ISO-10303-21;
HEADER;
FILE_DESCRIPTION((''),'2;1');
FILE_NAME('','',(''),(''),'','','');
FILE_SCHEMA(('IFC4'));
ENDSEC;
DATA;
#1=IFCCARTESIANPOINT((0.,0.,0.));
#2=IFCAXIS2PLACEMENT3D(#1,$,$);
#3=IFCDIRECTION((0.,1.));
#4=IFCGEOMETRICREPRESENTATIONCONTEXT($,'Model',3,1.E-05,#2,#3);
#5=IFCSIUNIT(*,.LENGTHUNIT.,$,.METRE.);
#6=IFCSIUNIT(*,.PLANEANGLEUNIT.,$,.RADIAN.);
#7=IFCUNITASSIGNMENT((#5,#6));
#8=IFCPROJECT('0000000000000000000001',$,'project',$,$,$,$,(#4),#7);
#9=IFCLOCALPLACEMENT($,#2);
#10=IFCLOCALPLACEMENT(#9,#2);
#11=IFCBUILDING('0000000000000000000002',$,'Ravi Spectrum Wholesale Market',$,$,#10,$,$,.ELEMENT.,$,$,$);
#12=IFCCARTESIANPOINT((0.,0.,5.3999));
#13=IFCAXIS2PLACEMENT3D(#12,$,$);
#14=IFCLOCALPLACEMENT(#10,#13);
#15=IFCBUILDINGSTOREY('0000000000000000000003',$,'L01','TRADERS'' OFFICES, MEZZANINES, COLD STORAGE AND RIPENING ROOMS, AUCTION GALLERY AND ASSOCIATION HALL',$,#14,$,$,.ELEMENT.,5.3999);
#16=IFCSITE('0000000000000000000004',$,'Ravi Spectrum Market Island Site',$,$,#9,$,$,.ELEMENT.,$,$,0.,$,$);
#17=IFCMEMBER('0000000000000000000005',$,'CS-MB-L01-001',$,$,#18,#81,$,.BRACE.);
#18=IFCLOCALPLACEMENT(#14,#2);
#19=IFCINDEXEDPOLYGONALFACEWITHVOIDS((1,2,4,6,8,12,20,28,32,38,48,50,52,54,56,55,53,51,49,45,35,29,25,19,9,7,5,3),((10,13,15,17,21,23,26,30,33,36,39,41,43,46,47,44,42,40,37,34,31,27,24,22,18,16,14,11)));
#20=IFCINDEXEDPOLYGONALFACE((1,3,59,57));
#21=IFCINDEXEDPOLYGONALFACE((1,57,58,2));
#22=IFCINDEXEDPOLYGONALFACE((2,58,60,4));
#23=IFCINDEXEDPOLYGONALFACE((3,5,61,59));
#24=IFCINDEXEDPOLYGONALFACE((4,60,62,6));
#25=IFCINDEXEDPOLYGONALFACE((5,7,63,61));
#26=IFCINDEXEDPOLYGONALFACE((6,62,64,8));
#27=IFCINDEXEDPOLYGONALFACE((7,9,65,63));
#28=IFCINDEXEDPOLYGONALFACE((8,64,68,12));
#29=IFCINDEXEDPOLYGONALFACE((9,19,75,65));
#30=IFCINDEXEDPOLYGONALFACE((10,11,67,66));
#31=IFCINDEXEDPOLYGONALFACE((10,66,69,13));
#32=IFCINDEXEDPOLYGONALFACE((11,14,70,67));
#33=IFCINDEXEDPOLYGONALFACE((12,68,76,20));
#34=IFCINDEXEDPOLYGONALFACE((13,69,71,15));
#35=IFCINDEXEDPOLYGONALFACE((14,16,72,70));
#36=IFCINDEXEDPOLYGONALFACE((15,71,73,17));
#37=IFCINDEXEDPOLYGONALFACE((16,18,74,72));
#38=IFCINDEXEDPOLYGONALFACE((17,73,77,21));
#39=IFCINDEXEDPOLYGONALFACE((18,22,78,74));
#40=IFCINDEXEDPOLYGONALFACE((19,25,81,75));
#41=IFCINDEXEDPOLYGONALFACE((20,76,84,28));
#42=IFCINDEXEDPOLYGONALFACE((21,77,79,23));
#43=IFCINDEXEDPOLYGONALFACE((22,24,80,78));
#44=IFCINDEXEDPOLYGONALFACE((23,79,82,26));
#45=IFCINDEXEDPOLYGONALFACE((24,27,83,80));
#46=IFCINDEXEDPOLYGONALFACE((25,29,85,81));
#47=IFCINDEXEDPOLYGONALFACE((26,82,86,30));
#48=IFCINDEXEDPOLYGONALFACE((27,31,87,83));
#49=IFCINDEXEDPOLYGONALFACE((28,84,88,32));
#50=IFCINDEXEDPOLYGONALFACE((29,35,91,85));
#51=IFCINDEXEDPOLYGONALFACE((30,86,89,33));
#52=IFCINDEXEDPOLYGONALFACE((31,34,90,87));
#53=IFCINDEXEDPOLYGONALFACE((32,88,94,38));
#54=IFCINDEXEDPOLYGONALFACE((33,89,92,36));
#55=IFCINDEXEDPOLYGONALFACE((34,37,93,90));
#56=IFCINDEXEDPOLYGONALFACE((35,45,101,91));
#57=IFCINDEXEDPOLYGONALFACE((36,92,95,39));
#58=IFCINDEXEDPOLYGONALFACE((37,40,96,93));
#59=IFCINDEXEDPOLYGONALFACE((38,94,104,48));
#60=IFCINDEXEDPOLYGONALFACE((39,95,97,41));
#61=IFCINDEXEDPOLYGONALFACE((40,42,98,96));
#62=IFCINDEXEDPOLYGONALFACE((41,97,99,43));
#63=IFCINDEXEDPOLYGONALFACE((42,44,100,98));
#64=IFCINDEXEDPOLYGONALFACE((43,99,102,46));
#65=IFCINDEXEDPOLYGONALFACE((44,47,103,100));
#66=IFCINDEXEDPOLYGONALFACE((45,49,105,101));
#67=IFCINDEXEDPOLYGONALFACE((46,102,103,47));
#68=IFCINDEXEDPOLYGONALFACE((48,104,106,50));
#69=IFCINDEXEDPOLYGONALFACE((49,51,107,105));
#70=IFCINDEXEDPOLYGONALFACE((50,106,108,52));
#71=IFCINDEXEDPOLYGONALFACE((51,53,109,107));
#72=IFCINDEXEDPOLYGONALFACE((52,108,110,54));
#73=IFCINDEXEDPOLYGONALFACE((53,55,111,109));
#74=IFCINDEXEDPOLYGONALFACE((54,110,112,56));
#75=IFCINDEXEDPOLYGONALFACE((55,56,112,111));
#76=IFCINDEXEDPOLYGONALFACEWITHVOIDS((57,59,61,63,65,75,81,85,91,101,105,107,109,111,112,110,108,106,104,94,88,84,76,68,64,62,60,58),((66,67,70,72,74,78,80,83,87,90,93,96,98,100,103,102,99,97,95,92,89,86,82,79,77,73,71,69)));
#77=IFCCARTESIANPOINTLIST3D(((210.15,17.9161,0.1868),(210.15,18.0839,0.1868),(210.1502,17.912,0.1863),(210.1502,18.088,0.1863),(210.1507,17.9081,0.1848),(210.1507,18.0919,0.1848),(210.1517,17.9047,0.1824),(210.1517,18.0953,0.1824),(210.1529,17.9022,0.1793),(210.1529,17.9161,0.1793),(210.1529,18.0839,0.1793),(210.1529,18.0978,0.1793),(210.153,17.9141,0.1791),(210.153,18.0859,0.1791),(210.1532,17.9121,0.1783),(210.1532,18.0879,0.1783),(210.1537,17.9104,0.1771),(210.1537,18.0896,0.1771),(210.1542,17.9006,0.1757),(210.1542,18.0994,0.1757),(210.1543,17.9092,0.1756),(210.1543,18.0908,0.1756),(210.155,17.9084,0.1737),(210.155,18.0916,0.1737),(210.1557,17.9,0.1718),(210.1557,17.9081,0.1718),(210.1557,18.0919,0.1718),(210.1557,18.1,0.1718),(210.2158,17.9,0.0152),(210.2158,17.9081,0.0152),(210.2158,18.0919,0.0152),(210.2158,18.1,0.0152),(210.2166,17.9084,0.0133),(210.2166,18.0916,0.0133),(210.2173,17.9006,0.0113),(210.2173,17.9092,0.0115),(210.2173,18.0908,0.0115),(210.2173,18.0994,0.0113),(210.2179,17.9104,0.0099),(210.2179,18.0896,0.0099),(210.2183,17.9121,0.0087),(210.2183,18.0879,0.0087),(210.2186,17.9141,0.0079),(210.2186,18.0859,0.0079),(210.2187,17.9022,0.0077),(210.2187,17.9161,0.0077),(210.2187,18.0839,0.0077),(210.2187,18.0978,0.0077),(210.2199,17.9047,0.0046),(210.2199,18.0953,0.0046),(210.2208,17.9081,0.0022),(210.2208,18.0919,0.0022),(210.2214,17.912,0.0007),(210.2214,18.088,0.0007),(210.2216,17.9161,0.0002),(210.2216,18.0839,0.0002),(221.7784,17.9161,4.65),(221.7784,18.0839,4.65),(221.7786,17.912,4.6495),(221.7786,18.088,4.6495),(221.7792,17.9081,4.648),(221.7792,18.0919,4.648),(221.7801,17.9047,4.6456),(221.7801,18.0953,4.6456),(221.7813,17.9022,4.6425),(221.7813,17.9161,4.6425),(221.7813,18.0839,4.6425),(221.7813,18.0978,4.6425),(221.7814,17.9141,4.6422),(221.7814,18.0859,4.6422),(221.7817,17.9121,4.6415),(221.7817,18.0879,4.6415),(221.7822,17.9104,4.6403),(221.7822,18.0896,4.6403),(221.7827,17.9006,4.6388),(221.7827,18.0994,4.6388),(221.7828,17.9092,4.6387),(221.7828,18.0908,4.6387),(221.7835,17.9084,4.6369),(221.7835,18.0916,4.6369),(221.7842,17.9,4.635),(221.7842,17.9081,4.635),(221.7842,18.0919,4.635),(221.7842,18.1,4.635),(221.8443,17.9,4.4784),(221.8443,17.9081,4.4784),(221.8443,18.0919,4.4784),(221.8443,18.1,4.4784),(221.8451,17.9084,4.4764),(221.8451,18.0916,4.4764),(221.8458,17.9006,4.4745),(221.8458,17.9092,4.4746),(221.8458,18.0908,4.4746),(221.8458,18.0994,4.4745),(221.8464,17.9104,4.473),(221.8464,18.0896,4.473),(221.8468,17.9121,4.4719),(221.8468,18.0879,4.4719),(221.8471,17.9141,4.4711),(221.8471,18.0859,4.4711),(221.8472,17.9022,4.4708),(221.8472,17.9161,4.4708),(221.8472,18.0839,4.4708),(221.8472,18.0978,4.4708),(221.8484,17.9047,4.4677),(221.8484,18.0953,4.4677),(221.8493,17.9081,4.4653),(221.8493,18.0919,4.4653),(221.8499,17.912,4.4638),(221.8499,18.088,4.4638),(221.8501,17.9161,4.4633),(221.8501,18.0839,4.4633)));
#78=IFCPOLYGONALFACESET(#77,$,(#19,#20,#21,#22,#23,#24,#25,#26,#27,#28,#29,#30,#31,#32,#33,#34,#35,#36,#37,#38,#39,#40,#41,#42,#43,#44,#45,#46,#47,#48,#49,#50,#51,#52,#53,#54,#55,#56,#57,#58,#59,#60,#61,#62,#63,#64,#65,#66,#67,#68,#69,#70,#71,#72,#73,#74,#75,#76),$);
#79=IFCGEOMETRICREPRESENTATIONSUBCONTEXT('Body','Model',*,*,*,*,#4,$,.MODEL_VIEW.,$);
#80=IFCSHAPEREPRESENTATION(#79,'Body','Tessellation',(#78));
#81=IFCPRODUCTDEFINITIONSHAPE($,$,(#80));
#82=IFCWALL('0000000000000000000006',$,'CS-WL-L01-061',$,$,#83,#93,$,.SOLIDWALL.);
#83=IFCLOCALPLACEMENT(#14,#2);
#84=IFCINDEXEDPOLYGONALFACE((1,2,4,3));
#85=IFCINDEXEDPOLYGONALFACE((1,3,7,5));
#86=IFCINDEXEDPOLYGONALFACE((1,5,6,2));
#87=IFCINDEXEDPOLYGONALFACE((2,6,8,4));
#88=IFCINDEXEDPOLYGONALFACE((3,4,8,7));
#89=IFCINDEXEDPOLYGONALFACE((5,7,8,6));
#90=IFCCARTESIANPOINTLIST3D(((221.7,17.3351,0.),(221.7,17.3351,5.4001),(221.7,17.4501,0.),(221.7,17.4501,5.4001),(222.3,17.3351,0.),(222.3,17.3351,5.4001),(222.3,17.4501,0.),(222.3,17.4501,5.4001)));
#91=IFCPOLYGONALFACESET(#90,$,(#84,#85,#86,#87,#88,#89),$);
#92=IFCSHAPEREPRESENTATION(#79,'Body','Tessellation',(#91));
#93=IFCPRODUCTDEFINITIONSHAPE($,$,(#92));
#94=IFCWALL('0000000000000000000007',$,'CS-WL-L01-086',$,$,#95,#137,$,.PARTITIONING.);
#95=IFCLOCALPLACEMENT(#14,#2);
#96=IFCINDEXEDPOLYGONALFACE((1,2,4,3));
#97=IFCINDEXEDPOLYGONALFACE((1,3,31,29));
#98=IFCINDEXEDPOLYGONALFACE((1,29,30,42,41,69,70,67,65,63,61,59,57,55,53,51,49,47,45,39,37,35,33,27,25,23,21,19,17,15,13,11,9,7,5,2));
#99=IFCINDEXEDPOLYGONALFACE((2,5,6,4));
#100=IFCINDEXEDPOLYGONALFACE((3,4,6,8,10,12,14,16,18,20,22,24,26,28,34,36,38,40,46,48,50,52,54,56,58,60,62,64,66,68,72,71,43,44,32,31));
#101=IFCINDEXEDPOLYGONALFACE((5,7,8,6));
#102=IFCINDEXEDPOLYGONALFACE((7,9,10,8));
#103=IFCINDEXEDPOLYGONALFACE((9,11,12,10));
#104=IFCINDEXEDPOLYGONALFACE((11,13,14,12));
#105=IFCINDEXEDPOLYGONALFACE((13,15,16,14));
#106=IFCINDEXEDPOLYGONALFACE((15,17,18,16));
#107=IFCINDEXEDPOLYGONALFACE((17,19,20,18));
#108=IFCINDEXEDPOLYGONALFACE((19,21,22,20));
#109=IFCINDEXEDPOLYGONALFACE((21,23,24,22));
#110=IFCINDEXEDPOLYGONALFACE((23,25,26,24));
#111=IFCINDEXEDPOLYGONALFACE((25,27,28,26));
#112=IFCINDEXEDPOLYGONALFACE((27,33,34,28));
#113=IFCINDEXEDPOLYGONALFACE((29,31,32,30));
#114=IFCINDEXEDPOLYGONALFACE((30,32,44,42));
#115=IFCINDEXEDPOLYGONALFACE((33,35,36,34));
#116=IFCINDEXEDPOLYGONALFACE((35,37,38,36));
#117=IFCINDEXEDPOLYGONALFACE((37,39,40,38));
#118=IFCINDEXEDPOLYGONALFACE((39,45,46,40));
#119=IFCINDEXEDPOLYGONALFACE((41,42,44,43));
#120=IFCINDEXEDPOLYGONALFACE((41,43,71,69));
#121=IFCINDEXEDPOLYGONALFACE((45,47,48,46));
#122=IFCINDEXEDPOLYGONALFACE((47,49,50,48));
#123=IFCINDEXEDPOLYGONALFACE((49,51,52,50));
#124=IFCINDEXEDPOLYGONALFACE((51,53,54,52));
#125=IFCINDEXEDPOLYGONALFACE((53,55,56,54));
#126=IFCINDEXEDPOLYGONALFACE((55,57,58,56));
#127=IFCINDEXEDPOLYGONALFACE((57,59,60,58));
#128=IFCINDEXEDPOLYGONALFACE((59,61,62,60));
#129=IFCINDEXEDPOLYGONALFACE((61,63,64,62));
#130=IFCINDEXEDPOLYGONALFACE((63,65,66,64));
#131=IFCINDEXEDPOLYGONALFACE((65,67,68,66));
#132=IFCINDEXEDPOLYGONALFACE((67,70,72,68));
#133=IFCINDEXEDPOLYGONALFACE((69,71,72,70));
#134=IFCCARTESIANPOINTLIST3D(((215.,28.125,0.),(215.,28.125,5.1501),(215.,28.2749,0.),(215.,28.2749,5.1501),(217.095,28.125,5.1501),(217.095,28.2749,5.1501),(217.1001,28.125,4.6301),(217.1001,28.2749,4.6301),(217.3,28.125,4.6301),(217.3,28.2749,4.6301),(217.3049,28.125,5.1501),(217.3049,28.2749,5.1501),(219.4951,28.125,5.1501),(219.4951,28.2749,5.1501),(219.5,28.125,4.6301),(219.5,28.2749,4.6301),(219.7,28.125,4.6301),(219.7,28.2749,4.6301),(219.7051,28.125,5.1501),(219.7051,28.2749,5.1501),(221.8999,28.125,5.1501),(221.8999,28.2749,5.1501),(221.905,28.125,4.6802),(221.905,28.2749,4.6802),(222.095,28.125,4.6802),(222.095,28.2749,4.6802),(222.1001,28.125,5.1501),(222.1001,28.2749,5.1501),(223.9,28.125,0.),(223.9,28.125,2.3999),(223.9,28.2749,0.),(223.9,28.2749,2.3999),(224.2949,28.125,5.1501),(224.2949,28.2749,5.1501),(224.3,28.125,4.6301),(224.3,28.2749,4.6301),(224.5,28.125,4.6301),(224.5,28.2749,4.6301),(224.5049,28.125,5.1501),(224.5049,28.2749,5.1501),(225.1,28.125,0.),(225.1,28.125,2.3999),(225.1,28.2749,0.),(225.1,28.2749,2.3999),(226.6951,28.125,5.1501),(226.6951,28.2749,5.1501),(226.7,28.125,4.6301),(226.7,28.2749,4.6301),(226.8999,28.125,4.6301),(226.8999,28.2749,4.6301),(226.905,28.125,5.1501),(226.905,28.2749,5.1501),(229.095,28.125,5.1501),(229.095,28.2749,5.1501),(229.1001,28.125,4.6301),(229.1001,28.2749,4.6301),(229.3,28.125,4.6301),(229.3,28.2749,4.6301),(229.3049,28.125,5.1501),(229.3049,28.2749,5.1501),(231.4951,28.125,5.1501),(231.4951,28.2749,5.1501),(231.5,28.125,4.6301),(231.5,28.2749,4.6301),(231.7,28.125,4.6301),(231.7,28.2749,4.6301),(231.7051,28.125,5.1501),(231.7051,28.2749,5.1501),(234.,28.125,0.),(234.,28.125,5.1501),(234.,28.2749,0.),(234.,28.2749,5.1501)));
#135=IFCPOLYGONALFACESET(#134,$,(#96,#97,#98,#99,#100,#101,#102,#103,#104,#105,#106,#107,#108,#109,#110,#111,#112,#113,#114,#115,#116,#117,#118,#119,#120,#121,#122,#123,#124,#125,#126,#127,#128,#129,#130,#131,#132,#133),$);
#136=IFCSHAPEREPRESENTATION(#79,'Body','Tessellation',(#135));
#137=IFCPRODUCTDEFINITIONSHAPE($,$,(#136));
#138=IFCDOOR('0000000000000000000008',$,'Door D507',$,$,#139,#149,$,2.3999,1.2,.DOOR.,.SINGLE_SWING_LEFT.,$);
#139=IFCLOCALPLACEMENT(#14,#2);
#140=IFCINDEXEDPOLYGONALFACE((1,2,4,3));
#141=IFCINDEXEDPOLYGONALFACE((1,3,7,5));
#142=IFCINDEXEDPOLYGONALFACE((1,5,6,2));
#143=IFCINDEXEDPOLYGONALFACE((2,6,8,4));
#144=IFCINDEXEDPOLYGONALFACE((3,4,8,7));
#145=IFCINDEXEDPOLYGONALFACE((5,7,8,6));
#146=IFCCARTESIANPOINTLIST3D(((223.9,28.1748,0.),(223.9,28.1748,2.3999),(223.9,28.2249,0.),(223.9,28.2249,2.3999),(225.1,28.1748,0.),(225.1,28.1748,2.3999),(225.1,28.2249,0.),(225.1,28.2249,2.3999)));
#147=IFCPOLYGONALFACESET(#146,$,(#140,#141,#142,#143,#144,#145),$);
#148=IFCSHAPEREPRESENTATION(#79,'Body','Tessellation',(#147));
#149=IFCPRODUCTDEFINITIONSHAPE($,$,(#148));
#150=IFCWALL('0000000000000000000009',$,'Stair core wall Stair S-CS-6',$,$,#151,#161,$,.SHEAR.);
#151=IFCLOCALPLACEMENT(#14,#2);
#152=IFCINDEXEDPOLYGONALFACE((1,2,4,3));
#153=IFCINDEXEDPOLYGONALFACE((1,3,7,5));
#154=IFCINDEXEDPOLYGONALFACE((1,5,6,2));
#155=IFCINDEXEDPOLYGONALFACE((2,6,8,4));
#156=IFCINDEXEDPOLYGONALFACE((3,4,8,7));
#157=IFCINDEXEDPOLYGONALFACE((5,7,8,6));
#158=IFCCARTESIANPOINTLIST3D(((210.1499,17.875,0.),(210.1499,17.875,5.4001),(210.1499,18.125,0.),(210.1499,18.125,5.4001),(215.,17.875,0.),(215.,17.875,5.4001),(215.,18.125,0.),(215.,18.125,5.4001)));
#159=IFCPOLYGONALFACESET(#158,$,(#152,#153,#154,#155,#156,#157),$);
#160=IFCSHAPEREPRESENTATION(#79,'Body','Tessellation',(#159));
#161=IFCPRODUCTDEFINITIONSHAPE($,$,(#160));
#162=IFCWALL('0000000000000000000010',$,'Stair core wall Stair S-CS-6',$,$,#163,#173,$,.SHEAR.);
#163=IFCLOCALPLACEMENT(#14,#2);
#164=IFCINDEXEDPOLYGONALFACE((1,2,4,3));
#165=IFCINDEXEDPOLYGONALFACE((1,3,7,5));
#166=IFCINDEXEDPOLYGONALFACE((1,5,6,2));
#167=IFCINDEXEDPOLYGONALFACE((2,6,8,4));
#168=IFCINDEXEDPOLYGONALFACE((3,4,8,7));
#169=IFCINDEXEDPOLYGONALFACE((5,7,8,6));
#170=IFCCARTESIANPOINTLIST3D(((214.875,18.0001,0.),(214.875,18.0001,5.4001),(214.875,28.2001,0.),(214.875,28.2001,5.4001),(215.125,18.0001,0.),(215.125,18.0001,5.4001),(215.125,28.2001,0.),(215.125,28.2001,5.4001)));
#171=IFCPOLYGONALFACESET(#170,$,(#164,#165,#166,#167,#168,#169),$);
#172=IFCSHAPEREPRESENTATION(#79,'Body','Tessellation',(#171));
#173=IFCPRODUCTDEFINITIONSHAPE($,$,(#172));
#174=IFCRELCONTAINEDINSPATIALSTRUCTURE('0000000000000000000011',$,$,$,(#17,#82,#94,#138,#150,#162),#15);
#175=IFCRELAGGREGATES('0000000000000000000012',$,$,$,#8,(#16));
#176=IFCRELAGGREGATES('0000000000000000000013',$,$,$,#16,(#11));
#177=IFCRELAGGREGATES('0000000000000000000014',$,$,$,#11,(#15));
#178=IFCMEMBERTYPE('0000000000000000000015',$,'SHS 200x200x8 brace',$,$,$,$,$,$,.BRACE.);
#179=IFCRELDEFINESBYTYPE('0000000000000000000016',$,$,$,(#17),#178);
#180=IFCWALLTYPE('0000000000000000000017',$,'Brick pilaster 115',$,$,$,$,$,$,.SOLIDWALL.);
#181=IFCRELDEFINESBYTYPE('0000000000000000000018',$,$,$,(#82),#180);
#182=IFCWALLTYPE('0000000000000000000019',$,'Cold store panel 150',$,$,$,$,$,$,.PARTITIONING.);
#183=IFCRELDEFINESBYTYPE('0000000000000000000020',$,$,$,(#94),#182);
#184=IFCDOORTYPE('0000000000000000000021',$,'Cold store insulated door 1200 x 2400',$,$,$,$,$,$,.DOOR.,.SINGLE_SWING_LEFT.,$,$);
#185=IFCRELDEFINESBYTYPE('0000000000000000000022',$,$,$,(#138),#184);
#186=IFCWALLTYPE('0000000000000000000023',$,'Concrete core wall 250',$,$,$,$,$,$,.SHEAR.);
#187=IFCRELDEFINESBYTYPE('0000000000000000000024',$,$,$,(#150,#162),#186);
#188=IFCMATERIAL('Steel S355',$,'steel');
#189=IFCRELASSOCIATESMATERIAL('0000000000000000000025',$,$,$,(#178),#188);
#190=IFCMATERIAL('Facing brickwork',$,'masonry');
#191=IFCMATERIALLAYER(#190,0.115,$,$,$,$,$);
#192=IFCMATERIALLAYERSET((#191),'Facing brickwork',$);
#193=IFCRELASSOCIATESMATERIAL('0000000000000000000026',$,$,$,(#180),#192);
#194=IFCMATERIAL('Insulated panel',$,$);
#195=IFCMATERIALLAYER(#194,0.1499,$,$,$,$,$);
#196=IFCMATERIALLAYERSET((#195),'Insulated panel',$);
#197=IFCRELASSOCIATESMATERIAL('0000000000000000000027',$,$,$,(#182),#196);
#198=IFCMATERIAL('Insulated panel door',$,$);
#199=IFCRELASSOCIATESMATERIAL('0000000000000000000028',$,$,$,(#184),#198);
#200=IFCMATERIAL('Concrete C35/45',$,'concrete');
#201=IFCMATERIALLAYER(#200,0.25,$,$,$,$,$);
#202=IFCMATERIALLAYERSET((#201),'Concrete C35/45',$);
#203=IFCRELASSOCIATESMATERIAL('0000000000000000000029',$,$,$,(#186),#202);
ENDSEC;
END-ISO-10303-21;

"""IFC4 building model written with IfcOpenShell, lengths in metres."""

from ifc_helpers import new_model, si_unit, direction, frame, frame_2d, origin, origin_2d, place, context, subcontext, project, spatial, polyline, rectangle, hollow_rectangle, outline, extrude, material, layer, layer_set, material_profile, profile_set, type_object, element, fill, save


model = new_model("IFC4")

# Units and contexts
model_context = context("Model", 3, precision=1e-05, world=origin(), true_north=direction((0.0, 1.0)))
body_context = subcontext(model_context, "Body", "Model", "MODEL_VIEW")
ifc_project = project(units=[si_unit("LENGTHUNIT", "METRE"), si_unit("PLANEANGLEUNIT", "RADIAN")], contexts=[model_context])

# Site, building, storey
site_placement = place(None, origin())
site = spatial("IfcSite", under=ifc_project, at=site_placement, Name="Ravi Spectrum Market Island Site", CompositionType="ELEMENT", RefElevation=0.0)
building_placement = place(site_placement, origin())
building = spatial("IfcBuilding", under=site, at=building_placement, Name="Ravi Spectrum Wholesale Market", CompositionType="ELEMENT")
storey_placement = place(building_placement, frame((0.0, 0.0, 5.3999)))
storey = spatial("IfcBuildingStorey", under=building, at=storey_placement, Name="L01", Description="TRADERS' OFFICES, MEZZANINES, COLD STORAGE AND RIPENING ROOMS, AUCTION GALLERY AND ASSOCIATION HALL", CompositionType="ELEMENT", Elevation=5.3999)

# Member
ifc_material_1 = material(Name="Steel S355", Category="steel")
ifc_material_profile_1 = material_profile(ifc_material_1, hollow_rectangle(XDim=0.2, YDim=0.2, WallThickness=0.0081, InnerFilletRadius=0.0081, OuterFilletRadius=0.0161, at=origin_2d()))
ifc_profile_set_1 = profile_set([ifc_material_profile_1], Name="Steel S355")
member_type = type_object("IfcMemberType", Name="SHS 200x200x8 brace", PredefinedType="BRACE", material=ifc_profile_set_1)
member_placement = place(storey_placement, frame((210.1858, 18.0, 0.0935), z_axis=(0.933596, 0.0, 0.358326), x_axis=(0.0, 1.0, 0.0)))
element("IfcMember", 1, at=member_placement, inside=storey, type_object=member_type, Name="CS-MB-L01-001", PredefinedType="BRACE", context=body_context, shape_type="SweptSolid", body=[
    extrude(hollow_rectangle(XDim=0.2, YDim=0.2, WallThickness=0.0081, InnerFilletRadius=0.0081, OuterFilletRadius=0.0161, at=origin_2d()), origin(), (0.0, 0.0, 1.0), 12.4556),
])

# Wall
ifc_material_2 = material(Name="Facing brickwork", Category="masonry")
ifc_layer_1 = layer(ifc_material_2, 0.115)
ifc_layer_set_1 = layer_set([ifc_layer_1], Name="Facing brickwork")
wall_type_1 = type_object("IfcWallType", Name="Brick pilaster 115", PredefinedType="SOLIDWALL", material=ifc_layer_set_1)
wall_1_placement = place(storey_placement, frame((221.7, 17.3926, 0.0), z_axis=(0.0, 0.0, 1.0), x_axis=(1.0, 0.0, 0.0)))
element("IfcWall", 2, at=wall_1_placement, inside=storey, type_object=wall_type_1, Name="CS-WL-L01-061", PredefinedType="SOLIDWALL", context=body_context, shape_type="SweptSolid", body=[
    extrude(rectangle(XDim=0.6001, YDim=0.115, at=frame_2d((0.3, 0.0))), origin(), (0.0, 0.0, 1.0), 5.4001),
])

# Wall, opening, door
ifc_material_3 = material(Name="Insulated panel")
ifc_layer_2 = layer(ifc_material_3, 0.1499)
ifc_layer_set_2 = layer_set([ifc_layer_2], Name="Insulated panel")
wall_type_2 = type_object("IfcWallType", Name="Cold store panel 150", PredefinedType="PARTITIONING", material=ifc_layer_set_2)
wall_2_placement = place(storey_placement, frame((215.0, 28.2, 0.0), z_axis=(0.0, 0.0, 1.0), x_axis=(1.0, 0.0, 0.0)))
wall_2 = element("IfcWall", 3, at=wall_2_placement, inside=storey, type_object=wall_type_2, Name="CS-WL-L01-086", PredefinedType="PARTITIONING", context=body_context, shape_type="SweptSolid", body=[
    extrude(outline(polyline([(0.0, 0.0), (19.0, 0.0), (19.0, 5.1501), (16.7051, 5.1501), (16.7, 4.6301), (16.5, 4.6301), (16.4951, 5.1501), (14.3049, 5.1501), (14.3, 4.6301), (14.1001, 4.6301), (14.095, 5.1501), (11.905, 5.1501), (11.8999, 4.6301), (11.7, 4.6301), (11.6951, 5.1501), (9.5049, 5.1501), (9.5, 4.6301), (9.3, 4.6301), (9.2949, 5.1501), (7.1001, 5.1501), (7.095, 4.6802), (6.905, 4.6802), (6.8999, 5.1501), (4.7051, 5.1501), (4.7, 4.6301), (4.5, 4.6301), (4.4951, 5.1501), (2.3049, 5.1501), (2.3, 4.6301), (2.1001, 4.6301), (2.095, 5.1501), (0.0, 5.1501), (0.0, 0.0)])), frame((0.0, 0.075, 0.0), z_axis=(0.0, -1.0, 0.0), x_axis=(1.0, 0.0, 0.0)), (0.0, 0.0, 1.0), 0.1499),
])
opening_placement = place(wall_2_placement, frame((8.8999, 0.0, 0.0)))
opening = element("IfcOpeningElement", 4, at=opening_placement, cuts=wall_2, PredefinedType="OPENING", context=body_context, shape_type="SweptSolid", body=[
    extrude(rectangle(XDim=1.2, YDim=2.3999, at=frame_2d((0.6001, 1.2))), frame((0.0, 0.085, 0.0), z_axis=(0.0, -1.0, 0.0), x_axis=(1.0, 0.0, 0.0)), (0.0, 0.0, 1.0), 0.1699),
])
ifc_material_4 = material(Name="Insulated panel door")
door_type = type_object("IfcDoorType", Name="Cold store insulated door 1200 x 2400", OperationType="SINGLE_SWING_LEFT", PredefinedType="DOOR", material=ifc_material_4)
door_placement = place(opening_placement, origin())
door = element("IfcDoor", 5, at=door_placement, inside=storey, type_object=door_type, Name="Door D507", OperationType="SINGLE_SWING_LEFT", OverallHeight=2.3999, OverallWidth=1.2, PredefinedType="DOOR", context=body_context, shape_type="SweptSolid", body=[
    extrude(rectangle(XDim=1.2, YDim=2.3999, at=frame_2d((0.6001, 1.2))), frame((0.0, 0.0249, 0.0), z_axis=(0.0, -1.0, 0.0), x_axis=(1.0, 0.0, 0.0)), (0.0, 0.0, 1.0), 0.05),
])
fill(opening, door)

# Walls
ifc_material_5 = material(Name="Concrete C35/45", Category="concrete")
ifc_layer_3 = layer(ifc_material_5, 0.25)
ifc_layer_set_3 = layer_set([ifc_layer_3], Name="Concrete C35/45")
wall_type_3 = type_object("IfcWallType", Name="Concrete core wall 250", PredefinedType="SHEAR", material=ifc_layer_set_3)
wall_3_placement = place(storey_placement, frame((210.1499, 18.0, 0.0), z_axis=(0.0, 0.0, 1.0), x_axis=(1.0, 0.0, 0.0)))
element("IfcWall", 6, at=wall_3_placement, inside=storey, type_object=wall_type_3, Name="Stair core wall Stair S-CS-6", PredefinedType="SHEAR", context=body_context, shape_type="SweptSolid", body=[
    extrude(rectangle(XDim=4.8501, YDim=0.25, at=frame_2d((2.425, 0.0))), origin(), (0.0, 0.0, 1.0), 5.4001),
])
wall_4_placement = place(storey_placement, frame((215.0, 18.0, 0.0), z_axis=(0.0, 0.0, 1.0), x_axis=(0.0, 1.0, 0.0)))
element("IfcWall", 7, at=wall_4_placement, inside=storey, type_object=wall_type_3, Name="Stair core wall Stair S-CS-6", PredefinedType="SHEAR", context=body_context, shape_type="SweptSolid", body=[
    extrude(rectangle(XDim=10.2, YDim=0.25, at=frame_2d((5.1001, 0.0))), origin(), (0.0, 0.0, 1.0), 5.4001),
])

save(model, "model.ifc")
